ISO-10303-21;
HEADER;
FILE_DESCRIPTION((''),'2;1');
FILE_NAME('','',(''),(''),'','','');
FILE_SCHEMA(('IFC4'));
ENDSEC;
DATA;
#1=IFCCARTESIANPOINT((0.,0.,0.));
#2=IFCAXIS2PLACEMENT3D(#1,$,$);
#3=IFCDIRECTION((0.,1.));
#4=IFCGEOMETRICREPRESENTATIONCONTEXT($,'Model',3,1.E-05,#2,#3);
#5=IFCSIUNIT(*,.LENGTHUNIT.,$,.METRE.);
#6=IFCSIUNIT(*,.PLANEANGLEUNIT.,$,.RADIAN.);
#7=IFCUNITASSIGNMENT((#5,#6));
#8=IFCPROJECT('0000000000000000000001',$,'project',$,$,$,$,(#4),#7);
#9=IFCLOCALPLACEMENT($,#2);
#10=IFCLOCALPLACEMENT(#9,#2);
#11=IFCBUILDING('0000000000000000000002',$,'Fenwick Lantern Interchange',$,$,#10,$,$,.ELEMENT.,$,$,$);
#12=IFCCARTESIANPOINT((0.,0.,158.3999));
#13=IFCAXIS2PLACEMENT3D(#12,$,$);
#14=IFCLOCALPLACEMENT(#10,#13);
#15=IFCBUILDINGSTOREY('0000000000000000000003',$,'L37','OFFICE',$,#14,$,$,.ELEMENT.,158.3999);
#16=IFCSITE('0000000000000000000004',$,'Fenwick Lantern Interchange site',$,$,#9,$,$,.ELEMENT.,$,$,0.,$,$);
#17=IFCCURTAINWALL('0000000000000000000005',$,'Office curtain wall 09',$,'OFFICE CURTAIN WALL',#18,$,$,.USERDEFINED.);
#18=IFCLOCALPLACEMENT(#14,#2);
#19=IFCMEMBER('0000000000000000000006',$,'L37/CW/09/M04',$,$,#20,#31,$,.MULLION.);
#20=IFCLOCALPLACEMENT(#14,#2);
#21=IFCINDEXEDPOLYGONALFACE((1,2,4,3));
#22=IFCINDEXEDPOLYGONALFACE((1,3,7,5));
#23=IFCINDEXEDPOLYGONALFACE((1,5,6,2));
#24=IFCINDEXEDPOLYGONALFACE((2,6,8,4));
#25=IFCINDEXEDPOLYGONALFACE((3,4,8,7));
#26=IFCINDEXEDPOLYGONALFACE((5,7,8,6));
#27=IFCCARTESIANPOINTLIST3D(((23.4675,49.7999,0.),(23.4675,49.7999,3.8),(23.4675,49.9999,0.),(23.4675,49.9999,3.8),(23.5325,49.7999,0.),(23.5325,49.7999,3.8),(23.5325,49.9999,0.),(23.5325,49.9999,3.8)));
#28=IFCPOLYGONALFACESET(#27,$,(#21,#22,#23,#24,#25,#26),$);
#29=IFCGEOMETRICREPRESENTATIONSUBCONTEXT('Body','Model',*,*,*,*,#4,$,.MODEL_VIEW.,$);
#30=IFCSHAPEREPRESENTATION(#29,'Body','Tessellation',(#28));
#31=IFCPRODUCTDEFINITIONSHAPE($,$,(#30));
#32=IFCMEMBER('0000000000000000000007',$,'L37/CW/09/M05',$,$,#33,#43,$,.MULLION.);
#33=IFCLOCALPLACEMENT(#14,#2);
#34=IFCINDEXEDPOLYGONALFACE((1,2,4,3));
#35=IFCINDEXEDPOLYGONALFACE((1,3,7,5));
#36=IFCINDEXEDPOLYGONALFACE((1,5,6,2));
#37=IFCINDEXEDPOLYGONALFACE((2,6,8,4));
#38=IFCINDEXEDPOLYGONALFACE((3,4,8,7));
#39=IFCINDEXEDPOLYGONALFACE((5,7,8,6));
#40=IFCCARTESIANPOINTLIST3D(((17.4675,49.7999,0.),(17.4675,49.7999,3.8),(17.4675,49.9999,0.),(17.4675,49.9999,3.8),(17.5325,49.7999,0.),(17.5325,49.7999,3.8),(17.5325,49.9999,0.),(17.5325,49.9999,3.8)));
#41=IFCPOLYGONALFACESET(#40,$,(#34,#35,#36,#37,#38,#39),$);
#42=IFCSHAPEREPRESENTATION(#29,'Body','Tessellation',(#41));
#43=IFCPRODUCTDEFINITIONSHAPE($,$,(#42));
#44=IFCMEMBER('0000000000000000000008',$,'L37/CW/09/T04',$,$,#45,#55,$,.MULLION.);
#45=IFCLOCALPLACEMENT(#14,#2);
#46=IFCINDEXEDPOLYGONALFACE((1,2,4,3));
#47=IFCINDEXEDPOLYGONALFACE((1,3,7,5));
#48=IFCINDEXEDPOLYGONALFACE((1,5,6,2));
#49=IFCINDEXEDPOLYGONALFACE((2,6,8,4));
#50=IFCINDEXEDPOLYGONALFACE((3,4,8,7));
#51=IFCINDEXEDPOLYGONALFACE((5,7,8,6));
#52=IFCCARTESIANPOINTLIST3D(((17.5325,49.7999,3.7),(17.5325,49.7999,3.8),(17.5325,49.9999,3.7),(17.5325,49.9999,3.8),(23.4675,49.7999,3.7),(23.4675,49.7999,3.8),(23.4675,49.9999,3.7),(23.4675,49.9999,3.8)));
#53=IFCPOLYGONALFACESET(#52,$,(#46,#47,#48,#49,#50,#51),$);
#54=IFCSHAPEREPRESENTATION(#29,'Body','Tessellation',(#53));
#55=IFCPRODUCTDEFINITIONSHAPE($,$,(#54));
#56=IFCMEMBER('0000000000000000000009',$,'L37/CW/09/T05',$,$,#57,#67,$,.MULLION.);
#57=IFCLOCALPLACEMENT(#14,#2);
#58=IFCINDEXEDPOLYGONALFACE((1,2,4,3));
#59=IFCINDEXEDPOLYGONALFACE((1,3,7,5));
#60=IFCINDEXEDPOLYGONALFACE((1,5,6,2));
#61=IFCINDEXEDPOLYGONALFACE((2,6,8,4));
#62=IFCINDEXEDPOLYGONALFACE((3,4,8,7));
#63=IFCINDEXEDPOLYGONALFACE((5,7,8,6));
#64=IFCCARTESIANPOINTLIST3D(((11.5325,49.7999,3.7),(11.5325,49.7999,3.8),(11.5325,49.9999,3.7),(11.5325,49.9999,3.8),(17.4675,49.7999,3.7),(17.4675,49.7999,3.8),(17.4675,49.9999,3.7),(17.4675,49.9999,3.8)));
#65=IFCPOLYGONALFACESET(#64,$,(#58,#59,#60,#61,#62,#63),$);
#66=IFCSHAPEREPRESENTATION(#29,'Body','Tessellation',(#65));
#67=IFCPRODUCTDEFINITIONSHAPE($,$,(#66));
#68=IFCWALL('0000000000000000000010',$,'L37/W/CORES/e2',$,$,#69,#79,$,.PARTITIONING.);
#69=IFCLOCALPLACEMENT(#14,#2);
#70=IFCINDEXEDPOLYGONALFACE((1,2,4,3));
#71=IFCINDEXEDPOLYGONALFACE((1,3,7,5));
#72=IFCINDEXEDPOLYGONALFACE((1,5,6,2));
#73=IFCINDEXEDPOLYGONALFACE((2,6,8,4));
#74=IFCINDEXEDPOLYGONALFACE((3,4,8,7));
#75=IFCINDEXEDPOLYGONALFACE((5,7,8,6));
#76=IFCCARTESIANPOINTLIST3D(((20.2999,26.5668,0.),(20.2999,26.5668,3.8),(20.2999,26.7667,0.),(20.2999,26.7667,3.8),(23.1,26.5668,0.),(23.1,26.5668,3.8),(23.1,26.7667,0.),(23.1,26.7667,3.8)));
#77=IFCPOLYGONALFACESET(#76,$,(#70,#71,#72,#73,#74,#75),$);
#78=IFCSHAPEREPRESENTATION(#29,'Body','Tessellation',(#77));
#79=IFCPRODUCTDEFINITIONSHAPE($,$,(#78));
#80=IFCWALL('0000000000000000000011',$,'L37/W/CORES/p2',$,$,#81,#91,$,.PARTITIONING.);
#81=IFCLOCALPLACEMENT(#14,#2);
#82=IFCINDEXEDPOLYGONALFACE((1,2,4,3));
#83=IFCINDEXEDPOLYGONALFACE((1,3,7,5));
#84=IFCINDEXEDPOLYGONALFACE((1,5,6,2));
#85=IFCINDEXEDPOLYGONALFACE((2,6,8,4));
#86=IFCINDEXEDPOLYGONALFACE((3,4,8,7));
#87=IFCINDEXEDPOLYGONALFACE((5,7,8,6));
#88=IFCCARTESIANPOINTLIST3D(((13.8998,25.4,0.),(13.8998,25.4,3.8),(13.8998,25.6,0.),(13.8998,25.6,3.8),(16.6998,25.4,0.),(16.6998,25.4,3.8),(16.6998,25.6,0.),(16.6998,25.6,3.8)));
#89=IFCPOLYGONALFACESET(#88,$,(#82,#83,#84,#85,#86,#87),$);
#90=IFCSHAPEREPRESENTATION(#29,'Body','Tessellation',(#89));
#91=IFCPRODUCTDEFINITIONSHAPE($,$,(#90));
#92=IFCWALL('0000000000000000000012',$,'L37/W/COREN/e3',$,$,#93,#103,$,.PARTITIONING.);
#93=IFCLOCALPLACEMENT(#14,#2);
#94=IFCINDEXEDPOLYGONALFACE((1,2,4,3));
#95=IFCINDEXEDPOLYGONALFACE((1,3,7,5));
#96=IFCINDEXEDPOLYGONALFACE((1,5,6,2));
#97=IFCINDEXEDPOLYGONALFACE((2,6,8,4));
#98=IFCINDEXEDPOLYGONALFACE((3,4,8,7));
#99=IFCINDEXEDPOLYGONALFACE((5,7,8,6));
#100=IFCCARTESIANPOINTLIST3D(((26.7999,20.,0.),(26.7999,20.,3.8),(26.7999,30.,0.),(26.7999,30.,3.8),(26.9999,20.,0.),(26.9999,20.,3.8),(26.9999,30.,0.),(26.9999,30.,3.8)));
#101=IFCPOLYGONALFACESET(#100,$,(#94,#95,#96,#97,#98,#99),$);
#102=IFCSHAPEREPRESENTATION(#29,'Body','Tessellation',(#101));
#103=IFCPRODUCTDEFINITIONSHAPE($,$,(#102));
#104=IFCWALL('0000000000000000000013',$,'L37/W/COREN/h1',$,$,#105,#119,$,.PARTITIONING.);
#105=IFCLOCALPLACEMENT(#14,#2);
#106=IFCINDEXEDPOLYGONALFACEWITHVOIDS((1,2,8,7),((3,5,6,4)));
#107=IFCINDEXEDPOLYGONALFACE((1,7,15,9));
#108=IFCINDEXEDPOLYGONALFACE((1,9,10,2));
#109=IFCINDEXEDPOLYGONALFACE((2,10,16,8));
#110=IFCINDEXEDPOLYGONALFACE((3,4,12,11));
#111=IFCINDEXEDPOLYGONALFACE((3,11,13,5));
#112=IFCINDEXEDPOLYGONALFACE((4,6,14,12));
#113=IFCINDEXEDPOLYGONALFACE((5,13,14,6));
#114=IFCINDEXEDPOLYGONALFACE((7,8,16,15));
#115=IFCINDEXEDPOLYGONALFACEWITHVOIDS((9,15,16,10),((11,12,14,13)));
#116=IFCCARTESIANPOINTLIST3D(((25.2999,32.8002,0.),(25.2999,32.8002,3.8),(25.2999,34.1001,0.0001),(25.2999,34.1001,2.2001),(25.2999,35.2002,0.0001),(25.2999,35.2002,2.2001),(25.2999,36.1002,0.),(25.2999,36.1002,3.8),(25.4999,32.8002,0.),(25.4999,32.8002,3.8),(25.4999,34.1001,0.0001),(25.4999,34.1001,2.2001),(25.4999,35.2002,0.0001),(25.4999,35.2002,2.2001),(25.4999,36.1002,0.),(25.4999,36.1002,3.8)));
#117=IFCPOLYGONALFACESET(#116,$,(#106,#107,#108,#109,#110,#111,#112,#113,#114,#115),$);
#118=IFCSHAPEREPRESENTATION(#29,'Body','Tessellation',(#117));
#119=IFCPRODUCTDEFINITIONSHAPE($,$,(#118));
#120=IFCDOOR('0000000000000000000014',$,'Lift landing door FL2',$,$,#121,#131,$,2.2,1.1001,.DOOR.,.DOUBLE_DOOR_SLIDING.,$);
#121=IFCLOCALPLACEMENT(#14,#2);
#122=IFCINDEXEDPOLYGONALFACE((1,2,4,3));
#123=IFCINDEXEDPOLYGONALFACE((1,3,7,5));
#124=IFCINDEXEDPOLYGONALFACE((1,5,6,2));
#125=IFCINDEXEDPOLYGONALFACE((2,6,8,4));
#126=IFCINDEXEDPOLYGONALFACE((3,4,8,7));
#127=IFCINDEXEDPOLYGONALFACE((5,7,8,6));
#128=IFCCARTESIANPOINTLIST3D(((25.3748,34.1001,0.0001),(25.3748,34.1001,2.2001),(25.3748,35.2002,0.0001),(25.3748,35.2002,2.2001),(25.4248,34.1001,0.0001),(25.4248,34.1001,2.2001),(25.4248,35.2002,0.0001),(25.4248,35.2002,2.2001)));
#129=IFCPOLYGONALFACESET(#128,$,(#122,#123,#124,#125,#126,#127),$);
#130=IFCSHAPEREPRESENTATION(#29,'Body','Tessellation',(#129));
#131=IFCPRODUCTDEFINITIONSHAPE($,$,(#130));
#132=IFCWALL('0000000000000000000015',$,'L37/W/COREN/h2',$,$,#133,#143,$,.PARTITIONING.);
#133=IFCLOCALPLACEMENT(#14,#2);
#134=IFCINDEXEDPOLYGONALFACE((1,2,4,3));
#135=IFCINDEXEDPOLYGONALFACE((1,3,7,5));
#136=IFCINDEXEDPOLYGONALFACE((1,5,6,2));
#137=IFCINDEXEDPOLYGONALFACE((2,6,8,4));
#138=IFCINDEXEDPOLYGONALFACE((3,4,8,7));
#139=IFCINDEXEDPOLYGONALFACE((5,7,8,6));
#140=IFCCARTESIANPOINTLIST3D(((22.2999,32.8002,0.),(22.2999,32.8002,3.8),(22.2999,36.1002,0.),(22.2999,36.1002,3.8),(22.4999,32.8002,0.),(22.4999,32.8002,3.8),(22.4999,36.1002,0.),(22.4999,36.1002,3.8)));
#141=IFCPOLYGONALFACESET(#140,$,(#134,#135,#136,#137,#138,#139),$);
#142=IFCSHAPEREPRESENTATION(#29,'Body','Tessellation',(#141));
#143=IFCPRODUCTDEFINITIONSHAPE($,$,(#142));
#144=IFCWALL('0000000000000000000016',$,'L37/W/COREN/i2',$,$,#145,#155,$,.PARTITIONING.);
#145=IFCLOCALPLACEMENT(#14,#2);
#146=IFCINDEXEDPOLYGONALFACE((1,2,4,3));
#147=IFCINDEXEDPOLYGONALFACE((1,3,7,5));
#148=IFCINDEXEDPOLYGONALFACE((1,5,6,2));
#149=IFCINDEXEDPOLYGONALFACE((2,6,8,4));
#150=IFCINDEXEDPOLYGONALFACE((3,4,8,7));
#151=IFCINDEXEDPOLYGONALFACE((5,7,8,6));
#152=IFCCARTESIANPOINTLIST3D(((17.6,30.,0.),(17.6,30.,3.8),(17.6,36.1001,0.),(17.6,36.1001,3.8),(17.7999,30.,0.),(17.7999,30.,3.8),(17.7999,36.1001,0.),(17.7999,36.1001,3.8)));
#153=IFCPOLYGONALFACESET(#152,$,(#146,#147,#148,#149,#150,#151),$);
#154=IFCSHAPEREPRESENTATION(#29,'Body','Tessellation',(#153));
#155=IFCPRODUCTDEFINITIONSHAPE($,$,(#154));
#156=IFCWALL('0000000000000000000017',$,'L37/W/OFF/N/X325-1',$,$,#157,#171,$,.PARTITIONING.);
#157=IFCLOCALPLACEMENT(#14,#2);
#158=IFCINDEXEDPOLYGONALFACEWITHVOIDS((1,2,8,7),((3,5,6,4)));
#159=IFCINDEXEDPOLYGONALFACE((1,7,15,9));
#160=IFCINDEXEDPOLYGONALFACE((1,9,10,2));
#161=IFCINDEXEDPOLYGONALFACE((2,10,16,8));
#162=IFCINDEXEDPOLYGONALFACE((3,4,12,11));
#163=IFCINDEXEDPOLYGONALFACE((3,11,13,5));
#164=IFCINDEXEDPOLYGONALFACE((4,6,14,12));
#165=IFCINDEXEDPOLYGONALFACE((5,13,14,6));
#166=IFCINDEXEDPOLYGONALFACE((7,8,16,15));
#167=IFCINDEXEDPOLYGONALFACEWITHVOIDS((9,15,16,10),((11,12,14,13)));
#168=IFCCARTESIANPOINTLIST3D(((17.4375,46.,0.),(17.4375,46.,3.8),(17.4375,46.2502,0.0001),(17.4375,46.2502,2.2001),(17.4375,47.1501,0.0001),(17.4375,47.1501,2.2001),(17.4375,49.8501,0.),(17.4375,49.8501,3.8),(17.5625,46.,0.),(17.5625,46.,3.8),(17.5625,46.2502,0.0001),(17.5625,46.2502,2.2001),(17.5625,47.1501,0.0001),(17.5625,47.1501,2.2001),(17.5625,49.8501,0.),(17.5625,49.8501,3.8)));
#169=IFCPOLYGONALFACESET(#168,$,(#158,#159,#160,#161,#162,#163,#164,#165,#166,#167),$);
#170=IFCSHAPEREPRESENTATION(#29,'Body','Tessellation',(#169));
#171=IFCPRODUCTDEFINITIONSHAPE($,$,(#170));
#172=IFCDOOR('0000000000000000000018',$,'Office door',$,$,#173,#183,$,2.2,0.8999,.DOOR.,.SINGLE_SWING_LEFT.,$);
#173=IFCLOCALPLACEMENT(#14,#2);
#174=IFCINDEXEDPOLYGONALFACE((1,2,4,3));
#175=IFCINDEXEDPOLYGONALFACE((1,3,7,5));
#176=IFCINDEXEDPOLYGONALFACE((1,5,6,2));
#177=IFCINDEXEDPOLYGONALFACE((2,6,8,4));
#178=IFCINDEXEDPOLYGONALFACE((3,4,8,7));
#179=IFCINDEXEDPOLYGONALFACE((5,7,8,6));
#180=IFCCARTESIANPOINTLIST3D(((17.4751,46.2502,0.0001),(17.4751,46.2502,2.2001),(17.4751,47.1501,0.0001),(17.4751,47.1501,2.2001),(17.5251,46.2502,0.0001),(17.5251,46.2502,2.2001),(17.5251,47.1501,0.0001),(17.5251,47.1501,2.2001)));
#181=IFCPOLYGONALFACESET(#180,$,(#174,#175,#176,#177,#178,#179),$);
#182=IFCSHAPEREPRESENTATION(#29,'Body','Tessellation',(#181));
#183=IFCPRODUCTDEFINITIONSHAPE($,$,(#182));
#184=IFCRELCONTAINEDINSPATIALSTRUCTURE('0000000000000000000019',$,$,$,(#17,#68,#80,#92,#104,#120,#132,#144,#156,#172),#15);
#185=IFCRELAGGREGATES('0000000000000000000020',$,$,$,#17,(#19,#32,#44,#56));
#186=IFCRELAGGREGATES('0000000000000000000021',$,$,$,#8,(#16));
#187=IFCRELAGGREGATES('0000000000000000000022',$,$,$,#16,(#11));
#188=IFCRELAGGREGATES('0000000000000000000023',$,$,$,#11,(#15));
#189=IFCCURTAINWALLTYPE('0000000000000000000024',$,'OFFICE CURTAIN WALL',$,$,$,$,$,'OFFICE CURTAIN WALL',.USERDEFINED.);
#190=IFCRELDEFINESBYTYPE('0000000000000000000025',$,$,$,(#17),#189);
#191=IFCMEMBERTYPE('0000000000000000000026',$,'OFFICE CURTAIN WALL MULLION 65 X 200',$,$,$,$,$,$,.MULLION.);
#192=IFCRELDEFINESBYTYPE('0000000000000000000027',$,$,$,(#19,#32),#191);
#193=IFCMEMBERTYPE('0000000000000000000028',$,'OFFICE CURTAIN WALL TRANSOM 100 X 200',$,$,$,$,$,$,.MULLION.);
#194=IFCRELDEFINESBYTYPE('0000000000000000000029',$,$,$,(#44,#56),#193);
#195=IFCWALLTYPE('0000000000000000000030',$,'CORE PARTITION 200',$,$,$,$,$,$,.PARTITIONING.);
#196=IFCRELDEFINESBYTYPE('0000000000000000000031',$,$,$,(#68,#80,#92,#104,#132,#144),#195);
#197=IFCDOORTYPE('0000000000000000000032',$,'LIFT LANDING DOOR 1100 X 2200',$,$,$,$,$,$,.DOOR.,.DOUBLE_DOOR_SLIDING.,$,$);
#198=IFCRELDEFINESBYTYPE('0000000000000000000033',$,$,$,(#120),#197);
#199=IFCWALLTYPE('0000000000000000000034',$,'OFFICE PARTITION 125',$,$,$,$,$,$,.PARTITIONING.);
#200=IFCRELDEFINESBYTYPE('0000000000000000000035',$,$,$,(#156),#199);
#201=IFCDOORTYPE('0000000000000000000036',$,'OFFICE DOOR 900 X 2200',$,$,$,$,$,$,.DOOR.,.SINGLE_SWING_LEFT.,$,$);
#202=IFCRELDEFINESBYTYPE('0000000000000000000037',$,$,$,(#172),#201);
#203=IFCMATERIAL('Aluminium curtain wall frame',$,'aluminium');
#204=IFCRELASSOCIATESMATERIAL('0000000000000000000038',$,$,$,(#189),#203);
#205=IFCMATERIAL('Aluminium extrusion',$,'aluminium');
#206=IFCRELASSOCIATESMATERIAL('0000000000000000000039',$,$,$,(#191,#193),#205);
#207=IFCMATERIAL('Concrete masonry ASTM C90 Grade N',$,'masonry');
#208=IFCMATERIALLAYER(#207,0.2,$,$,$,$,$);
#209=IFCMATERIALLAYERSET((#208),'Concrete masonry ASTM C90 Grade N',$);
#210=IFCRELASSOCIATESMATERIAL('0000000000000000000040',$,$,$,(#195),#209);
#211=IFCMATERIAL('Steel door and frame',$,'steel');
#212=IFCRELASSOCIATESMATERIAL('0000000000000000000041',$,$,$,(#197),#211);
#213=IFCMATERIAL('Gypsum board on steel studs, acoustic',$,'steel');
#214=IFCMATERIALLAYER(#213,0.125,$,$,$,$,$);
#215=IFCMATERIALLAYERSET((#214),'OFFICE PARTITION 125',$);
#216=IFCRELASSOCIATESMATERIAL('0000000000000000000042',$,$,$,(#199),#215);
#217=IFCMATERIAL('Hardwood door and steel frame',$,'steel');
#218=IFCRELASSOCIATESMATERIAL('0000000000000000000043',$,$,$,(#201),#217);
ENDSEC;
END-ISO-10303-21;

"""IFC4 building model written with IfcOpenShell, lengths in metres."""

from ifc_helpers import new_model, si_unit, direction, frame, frame_2d, origin, origin_2d, place, context, subcontext, project, spatial, rectangle, extrude, material, layer, layer_set, material_profile, profile_set, type_object, element, fill, aggregate, save


model = new_model("IFC4")

# Units and contexts
model_context = context("Model", 3, precision=1e-05, world=origin(), true_north=direction((0.0, 1.0)))
body_context = subcontext(model_context, "Body", "Model", "MODEL_VIEW")
ifc_project = project(units=[si_unit("LENGTHUNIT", "METRE"), si_unit("PLANEANGLEUNIT", "RADIAN")], contexts=[model_context])

# Site, building, storey
site_placement = place(None, origin())
site = spatial("IfcSite", under=ifc_project, at=site_placement, Name="Fenwick Lantern Interchange site", CompositionType="ELEMENT", RefElevation=0.0)
building_placement = place(site_placement, origin())
building = spatial("IfcBuilding", under=site, at=building_placement, Name="Fenwick Lantern Interchange", CompositionType="ELEMENT")
storey_placement = place(building_placement, frame((0.0, 0.0, 158.3999)))
storey = spatial("IfcBuildingStorey", under=building, at=storey_placement, Name="L37", Description="OFFICE", CompositionType="ELEMENT", Elevation=158.3999)

# Curtain wall, members
ifc_material_1 = material(Name="Aluminium curtain wall frame", Category="aluminium")
curtain_wall_type = type_object("IfcCurtainWallType", Name="OFFICE CURTAIN WALL", ElementType="OFFICE CURTAIN WALL", PredefinedType="USERDEFINED", material=ifc_material_1)
curtain_wall_placement = place(storey_placement, origin())
curtain_wall = element("IfcCurtainWall", 1, at=curtain_wall_placement, inside=storey, type_object=curtain_wall_type, Name="Office curtain wall 09", ObjectType="OFFICE CURTAIN WALL", PredefinedType="USERDEFINED")
ifc_material_2 = material(Name="Aluminium extrusion", Category="aluminium")
ifc_material_profile_1 = material_profile(ifc_material_2, rectangle(XDim=0.2, YDim=0.0649, at=origin_2d()), Name="OFFICE CURTAIN WALL MULLION 65 X 200")
ifc_profile_set_1 = profile_set([ifc_material_profile_1], Name="Aluminium extrusion")
member_type_1 = type_object("IfcMemberType", Name="OFFICE CURTAIN WALL MULLION 65 X 200", PredefinedType="MULLION", material=ifc_profile_set_1)
member_1_placement = place(storey_placement, frame((23.5, 49.8999, 0.0), z_axis=(0.0, 0.0, 1.0), x_axis=(0.0, -1.0, 0.0)))
member_1 = element("IfcMember", 2, at=member_1_placement, type_object=member_type_1, Name="L37/CW/09/M04", PredefinedType="MULLION", context=body_context, shape_type="SweptSolid", body=[
    extrude(rectangle(XDim=0.2, YDim=0.0649, at=origin_2d()), origin(), (0.0, 0.0, 1.0), 3.8),
])
member_2_placement = place(storey_placement, frame((17.5, 49.8999, 0.0), z_axis=(0.0, 0.0, 1.0), x_axis=(0.0, -1.0, 0.0)))
member_2 = element("IfcMember", 3, at=member_2_placement, type_object=member_type_1, Name="L37/CW/09/M05", PredefinedType="MULLION", context=body_context, shape_type="SweptSolid", body=[
    extrude(rectangle(XDim=0.2, YDim=0.0649, at=origin_2d()), origin(), (0.0, 0.0, 1.0), 3.8),
])
ifc_material_profile_2 = material_profile(ifc_material_2, rectangle(XDim=0.2, YDim=0.1001, at=origin_2d()), Name="OFFICE CURTAIN WALL TRANSOM 100 X 200")
ifc_profile_set_2 = profile_set([ifc_material_profile_2], Name="Aluminium extrusion")
member_type_2 = type_object("IfcMemberType", Name="OFFICE CURTAIN WALL TRANSOM 100 X 200", PredefinedType="MULLION", material=ifc_profile_set_2)
member_3_placement = place(storey_placement, frame((23.4675, 49.8999, 3.75), z_axis=(-1.0, 0.0, 0.0), x_axis=(0.0, -1.0, 0.0)))
member_3 = element("IfcMember", 4, at=member_3_placement, type_object=member_type_2, Name="L37/CW/09/T04", PredefinedType="MULLION", context=body_context, shape_type="SweptSolid", body=[
    extrude(rectangle(XDim=0.2, YDim=0.1001, at=origin_2d()), origin(), (0.0, 0.0, 1.0), 5.9351),
])
member_4_placement = place(storey_placement, frame((17.4675, 49.8999, 3.75), z_axis=(-1.0, 0.0, 0.0), x_axis=(0.0, -1.0, 0.0)))
member_4 = element("IfcMember", 5, at=member_4_placement, type_object=member_type_2, Name="L37/CW/09/T05", PredefinedType="MULLION", context=body_context, shape_type="SweptSolid", body=[
    extrude(rectangle(XDim=0.2, YDim=0.1001, at=origin_2d()), origin(), (0.0, 0.0, 1.0), 5.9351),
])
aggregate(curtain_wall, [member_1, member_2, member_3, member_4])

# Walls
ifc_material_3 = material(Name="Concrete masonry ASTM C90 Grade N", Category="masonry")
ifc_layer_1 = layer(ifc_material_3, 0.2)
ifc_layer_set_1 = layer_set([ifc_layer_1], Name="Concrete masonry ASTM C90 Grade N")
wall_type_1 = type_object("IfcWallType", Name="CORE PARTITION 200", PredefinedType="PARTITIONING", material=ifc_layer_set_1)
for number, where, z_axis, x_axis, name in (
    (6, (20.3, 26.6667, 0.0), (0.0, 0.0, 1.0), (1.0, 0.0, 0.0), "L37/W/CORES/e2"),
    (7, (13.8999, 25.5, 0.0), (0.0, 0.0, 1.0), (1.0, 0.0, 0.0), "L37/W/CORES/p2"),
):
    element("IfcWall", number, at=place(storey_placement, frame(where, z_axis=z_axis, x_axis=x_axis)), inside=storey, type_object=wall_type_1, Name=name, PredefinedType="PARTITIONING", context=body_context, shape_type="SweptSolid", body=[
        extrude(rectangle(XDim=2.8, YDim=0.2, at=frame_2d((1.3999, 0.0))), origin(), (0.0, 0.0, 1.0), 3.8),
    ])
wall_1_placement = place(storey_placement, frame((26.8999, 30.0, 0.0), z_axis=(0.0, 0.0, 1.0), x_axis=(0.0, -1.0, 0.0)))
element("IfcWall", 8, at=wall_1_placement, inside=storey, type_object=wall_type_1, Name="L37/W/COREN/e3", PredefinedType="PARTITIONING", context=body_context, shape_type="SweptSolid", body=[
    extrude(rectangle(XDim=10.0, YDim=0.2, at=frame_2d((5.0, 0.0))), origin(), (0.0, 0.0, 1.0), 3.8),
])

# Wall, opening, door
wall_2_placement = place(storey_placement, frame((25.3999, 36.1001, 0.0), z_axis=(0.0, 0.0, 1.0), x_axis=(0.0, -1.0, 0.0)))
wall_2 = element("IfcWall", 9, at=wall_2_placement, inside=storey, type_object=wall_type_1, Name="L37/W/COREN/h1", PredefinedType="PARTITIONING", context=body_context, shape_type="SweptSolid", body=[
    extrude(rectangle(XDim=3.3, YDim=0.2, at=frame_2d((1.6499, 0.0))), origin(), (0.0, 0.0, 1.0), 3.8),
])
opening_1_placement = place(wall_2_placement, frame((0.8999, 0.0, 0.0)))
opening_1 = element("IfcOpeningElement", 10, at=opening_1_placement, cuts=wall_2, PredefinedType="OPENING", context=body_context, shape_type="SweptSolid", body=[
    extrude(rectangle(XDim=1.1001, YDim=2.2, at=frame_2d((0.55, 1.1001))), frame((0.0, 0.1099, 0.0), z_axis=(0.0, -1.0, 0.0), x_axis=(1.0, 0.0, 0.0)), (0.0, 0.0, 1.0), 0.22),
])
ifc_material_4 = material(Name="Steel door and frame", Category="steel")
door_type_1 = type_object("IfcDoorType", Name="LIFT LANDING DOOR 1100 X 2200", OperationType="DOUBLE_DOOR_SLIDING", PredefinedType="DOOR", material=ifc_material_4)
door_1_placement = place(opening_1_placement, origin())
door_1 = element("IfcDoor", 11, at=door_1_placement, inside=storey, type_object=door_type_1, Name="Lift landing door FL2", OperationType="DOUBLE_DOOR_SLIDING", OverallHeight=2.2, OverallWidth=1.1001, PredefinedType="DOOR", context=body_context, shape_type="SweptSolid", body=[
    extrude(rectangle(XDim=1.1001, YDim=2.2, at=frame_2d((0.55, 1.1001))), frame((0.0, 0.0249, 0.0), z_axis=(0.0, -1.0, 0.0), x_axis=(1.0, 0.0, 0.0)), (0.0, 0.0, 1.0), 0.05),
])
fill(opening_1, door_1)

# Walls
wall_3_placement = place(storey_placement, frame((22.3999, 36.1001, 0.0), z_axis=(0.0, 0.0, 1.0), x_axis=(0.0, -1.0, 0.0)))
element("IfcWall", 12, at=wall_3_placement, inside=storey, type_object=wall_type_1, Name="L37/W/COREN/h2", PredefinedType="PARTITIONING", context=body_context, shape_type="SweptSolid", body=[
    extrude(rectangle(XDim=3.3, YDim=0.2, at=frame_2d((1.6499, 0.0))), origin(), (0.0, 0.0, 1.0), 3.8),
])
wall_4_placement = place(storey_placement, frame((17.7, 36.1001, 0.0), z_axis=(0.0, 0.0, 1.0), x_axis=(0.0, -1.0, 0.0)))
element("IfcWall", 13, at=wall_4_placement, inside=storey, type_object=wall_type_1, Name="L37/W/COREN/i2", PredefinedType="PARTITIONING", context=body_context, shape_type="SweptSolid", body=[
    extrude(rectangle(XDim=6.1001, YDim=0.2, at=frame_2d((3.05, 0.0))), origin(), (0.0, 0.0, 1.0), 3.8),
])

# Shared definitions
ifc_material_5 = material(Name="Hardwood door and steel frame", Category="steel")

# Wall, opening, door
ifc_material_6 = material(Name="Gypsum board on steel studs, acoustic", Category="steel")
ifc_layer_2 = layer(ifc_material_6, 0.125)
ifc_layer_set_2 = layer_set([ifc_layer_2], Name="OFFICE PARTITION 125")
wall_type_2 = type_object("IfcWallType", Name="OFFICE PARTITION 125", PredefinedType="PARTITIONING", material=ifc_layer_set_2)
wall_5_placement = place(storey_placement, frame((17.5, 49.8501, 0.0), z_axis=(0.0, 0.0, 1.0), x_axis=(0.0, -1.0, 0.0)))
wall_5 = element("IfcWall", 14, at=wall_5_placement, inside=storey, type_object=wall_type_2, Name="L37/W/OFF/N/X325-1", PredefinedType="PARTITIONING", context=body_context, shape_type="SweptSolid", body=[
    extrude(rectangle(XDim=3.8501, YDim=0.125, at=frame_2d((1.925, 0.0))), origin(), (0.0, 0.0, 1.0), 3.8),
])
opening_2_placement = place(wall_5_placement, frame((2.7, 0.0, 0.0)))
opening_2 = element("IfcOpeningElement", 15, at=opening_2_placement, cuts=wall_5, PredefinedType="OPENING", context=body_context, shape_type="SweptSolid", body=[
    extrude(rectangle(XDim=0.8999, YDim=2.2, at=frame_2d((0.45, 1.1001))), frame((0.0, 0.0725, 0.0), z_axis=(0.0, -1.0, 0.0), x_axis=(1.0, 0.0, 0.0)), (0.0, 0.0, 1.0), 0.145),
])
door_type_2 = type_object("IfcDoorType", Name="OFFICE DOOR 900 X 2200", OperationType="SINGLE_SWING_LEFT", PredefinedType="DOOR", material=ifc_material_5)
door_2_placement = place(opening_2_placement, frame((0.8999, 0.0, 0.0), z_axis=(0.0, 0.0, 1.0), x_axis=(-1.0, 0.0, 0.0)))
door_2 = element("IfcDoor", 16, at=door_2_placement, inside=storey, type_object=door_type_2, Name="Office door", OperationType="SINGLE_SWING_LEFT", OverallHeight=2.2, OverallWidth=0.8999, PredefinedType="DOOR", context=body_context, shape_type="SweptSolid", body=[
    extrude(rectangle(XDim=0.8999, YDim=2.2, at=frame_2d((0.45, 1.1001))), frame((0.0, 0.0249, 0.0), z_axis=(0.0, -1.0, 0.0), x_axis=(1.0, 0.0, 0.0)), (0.0, 0.0, 1.0), 0.05),
])
fill(opening_2, door_2)

save(model, "model.ifc")
